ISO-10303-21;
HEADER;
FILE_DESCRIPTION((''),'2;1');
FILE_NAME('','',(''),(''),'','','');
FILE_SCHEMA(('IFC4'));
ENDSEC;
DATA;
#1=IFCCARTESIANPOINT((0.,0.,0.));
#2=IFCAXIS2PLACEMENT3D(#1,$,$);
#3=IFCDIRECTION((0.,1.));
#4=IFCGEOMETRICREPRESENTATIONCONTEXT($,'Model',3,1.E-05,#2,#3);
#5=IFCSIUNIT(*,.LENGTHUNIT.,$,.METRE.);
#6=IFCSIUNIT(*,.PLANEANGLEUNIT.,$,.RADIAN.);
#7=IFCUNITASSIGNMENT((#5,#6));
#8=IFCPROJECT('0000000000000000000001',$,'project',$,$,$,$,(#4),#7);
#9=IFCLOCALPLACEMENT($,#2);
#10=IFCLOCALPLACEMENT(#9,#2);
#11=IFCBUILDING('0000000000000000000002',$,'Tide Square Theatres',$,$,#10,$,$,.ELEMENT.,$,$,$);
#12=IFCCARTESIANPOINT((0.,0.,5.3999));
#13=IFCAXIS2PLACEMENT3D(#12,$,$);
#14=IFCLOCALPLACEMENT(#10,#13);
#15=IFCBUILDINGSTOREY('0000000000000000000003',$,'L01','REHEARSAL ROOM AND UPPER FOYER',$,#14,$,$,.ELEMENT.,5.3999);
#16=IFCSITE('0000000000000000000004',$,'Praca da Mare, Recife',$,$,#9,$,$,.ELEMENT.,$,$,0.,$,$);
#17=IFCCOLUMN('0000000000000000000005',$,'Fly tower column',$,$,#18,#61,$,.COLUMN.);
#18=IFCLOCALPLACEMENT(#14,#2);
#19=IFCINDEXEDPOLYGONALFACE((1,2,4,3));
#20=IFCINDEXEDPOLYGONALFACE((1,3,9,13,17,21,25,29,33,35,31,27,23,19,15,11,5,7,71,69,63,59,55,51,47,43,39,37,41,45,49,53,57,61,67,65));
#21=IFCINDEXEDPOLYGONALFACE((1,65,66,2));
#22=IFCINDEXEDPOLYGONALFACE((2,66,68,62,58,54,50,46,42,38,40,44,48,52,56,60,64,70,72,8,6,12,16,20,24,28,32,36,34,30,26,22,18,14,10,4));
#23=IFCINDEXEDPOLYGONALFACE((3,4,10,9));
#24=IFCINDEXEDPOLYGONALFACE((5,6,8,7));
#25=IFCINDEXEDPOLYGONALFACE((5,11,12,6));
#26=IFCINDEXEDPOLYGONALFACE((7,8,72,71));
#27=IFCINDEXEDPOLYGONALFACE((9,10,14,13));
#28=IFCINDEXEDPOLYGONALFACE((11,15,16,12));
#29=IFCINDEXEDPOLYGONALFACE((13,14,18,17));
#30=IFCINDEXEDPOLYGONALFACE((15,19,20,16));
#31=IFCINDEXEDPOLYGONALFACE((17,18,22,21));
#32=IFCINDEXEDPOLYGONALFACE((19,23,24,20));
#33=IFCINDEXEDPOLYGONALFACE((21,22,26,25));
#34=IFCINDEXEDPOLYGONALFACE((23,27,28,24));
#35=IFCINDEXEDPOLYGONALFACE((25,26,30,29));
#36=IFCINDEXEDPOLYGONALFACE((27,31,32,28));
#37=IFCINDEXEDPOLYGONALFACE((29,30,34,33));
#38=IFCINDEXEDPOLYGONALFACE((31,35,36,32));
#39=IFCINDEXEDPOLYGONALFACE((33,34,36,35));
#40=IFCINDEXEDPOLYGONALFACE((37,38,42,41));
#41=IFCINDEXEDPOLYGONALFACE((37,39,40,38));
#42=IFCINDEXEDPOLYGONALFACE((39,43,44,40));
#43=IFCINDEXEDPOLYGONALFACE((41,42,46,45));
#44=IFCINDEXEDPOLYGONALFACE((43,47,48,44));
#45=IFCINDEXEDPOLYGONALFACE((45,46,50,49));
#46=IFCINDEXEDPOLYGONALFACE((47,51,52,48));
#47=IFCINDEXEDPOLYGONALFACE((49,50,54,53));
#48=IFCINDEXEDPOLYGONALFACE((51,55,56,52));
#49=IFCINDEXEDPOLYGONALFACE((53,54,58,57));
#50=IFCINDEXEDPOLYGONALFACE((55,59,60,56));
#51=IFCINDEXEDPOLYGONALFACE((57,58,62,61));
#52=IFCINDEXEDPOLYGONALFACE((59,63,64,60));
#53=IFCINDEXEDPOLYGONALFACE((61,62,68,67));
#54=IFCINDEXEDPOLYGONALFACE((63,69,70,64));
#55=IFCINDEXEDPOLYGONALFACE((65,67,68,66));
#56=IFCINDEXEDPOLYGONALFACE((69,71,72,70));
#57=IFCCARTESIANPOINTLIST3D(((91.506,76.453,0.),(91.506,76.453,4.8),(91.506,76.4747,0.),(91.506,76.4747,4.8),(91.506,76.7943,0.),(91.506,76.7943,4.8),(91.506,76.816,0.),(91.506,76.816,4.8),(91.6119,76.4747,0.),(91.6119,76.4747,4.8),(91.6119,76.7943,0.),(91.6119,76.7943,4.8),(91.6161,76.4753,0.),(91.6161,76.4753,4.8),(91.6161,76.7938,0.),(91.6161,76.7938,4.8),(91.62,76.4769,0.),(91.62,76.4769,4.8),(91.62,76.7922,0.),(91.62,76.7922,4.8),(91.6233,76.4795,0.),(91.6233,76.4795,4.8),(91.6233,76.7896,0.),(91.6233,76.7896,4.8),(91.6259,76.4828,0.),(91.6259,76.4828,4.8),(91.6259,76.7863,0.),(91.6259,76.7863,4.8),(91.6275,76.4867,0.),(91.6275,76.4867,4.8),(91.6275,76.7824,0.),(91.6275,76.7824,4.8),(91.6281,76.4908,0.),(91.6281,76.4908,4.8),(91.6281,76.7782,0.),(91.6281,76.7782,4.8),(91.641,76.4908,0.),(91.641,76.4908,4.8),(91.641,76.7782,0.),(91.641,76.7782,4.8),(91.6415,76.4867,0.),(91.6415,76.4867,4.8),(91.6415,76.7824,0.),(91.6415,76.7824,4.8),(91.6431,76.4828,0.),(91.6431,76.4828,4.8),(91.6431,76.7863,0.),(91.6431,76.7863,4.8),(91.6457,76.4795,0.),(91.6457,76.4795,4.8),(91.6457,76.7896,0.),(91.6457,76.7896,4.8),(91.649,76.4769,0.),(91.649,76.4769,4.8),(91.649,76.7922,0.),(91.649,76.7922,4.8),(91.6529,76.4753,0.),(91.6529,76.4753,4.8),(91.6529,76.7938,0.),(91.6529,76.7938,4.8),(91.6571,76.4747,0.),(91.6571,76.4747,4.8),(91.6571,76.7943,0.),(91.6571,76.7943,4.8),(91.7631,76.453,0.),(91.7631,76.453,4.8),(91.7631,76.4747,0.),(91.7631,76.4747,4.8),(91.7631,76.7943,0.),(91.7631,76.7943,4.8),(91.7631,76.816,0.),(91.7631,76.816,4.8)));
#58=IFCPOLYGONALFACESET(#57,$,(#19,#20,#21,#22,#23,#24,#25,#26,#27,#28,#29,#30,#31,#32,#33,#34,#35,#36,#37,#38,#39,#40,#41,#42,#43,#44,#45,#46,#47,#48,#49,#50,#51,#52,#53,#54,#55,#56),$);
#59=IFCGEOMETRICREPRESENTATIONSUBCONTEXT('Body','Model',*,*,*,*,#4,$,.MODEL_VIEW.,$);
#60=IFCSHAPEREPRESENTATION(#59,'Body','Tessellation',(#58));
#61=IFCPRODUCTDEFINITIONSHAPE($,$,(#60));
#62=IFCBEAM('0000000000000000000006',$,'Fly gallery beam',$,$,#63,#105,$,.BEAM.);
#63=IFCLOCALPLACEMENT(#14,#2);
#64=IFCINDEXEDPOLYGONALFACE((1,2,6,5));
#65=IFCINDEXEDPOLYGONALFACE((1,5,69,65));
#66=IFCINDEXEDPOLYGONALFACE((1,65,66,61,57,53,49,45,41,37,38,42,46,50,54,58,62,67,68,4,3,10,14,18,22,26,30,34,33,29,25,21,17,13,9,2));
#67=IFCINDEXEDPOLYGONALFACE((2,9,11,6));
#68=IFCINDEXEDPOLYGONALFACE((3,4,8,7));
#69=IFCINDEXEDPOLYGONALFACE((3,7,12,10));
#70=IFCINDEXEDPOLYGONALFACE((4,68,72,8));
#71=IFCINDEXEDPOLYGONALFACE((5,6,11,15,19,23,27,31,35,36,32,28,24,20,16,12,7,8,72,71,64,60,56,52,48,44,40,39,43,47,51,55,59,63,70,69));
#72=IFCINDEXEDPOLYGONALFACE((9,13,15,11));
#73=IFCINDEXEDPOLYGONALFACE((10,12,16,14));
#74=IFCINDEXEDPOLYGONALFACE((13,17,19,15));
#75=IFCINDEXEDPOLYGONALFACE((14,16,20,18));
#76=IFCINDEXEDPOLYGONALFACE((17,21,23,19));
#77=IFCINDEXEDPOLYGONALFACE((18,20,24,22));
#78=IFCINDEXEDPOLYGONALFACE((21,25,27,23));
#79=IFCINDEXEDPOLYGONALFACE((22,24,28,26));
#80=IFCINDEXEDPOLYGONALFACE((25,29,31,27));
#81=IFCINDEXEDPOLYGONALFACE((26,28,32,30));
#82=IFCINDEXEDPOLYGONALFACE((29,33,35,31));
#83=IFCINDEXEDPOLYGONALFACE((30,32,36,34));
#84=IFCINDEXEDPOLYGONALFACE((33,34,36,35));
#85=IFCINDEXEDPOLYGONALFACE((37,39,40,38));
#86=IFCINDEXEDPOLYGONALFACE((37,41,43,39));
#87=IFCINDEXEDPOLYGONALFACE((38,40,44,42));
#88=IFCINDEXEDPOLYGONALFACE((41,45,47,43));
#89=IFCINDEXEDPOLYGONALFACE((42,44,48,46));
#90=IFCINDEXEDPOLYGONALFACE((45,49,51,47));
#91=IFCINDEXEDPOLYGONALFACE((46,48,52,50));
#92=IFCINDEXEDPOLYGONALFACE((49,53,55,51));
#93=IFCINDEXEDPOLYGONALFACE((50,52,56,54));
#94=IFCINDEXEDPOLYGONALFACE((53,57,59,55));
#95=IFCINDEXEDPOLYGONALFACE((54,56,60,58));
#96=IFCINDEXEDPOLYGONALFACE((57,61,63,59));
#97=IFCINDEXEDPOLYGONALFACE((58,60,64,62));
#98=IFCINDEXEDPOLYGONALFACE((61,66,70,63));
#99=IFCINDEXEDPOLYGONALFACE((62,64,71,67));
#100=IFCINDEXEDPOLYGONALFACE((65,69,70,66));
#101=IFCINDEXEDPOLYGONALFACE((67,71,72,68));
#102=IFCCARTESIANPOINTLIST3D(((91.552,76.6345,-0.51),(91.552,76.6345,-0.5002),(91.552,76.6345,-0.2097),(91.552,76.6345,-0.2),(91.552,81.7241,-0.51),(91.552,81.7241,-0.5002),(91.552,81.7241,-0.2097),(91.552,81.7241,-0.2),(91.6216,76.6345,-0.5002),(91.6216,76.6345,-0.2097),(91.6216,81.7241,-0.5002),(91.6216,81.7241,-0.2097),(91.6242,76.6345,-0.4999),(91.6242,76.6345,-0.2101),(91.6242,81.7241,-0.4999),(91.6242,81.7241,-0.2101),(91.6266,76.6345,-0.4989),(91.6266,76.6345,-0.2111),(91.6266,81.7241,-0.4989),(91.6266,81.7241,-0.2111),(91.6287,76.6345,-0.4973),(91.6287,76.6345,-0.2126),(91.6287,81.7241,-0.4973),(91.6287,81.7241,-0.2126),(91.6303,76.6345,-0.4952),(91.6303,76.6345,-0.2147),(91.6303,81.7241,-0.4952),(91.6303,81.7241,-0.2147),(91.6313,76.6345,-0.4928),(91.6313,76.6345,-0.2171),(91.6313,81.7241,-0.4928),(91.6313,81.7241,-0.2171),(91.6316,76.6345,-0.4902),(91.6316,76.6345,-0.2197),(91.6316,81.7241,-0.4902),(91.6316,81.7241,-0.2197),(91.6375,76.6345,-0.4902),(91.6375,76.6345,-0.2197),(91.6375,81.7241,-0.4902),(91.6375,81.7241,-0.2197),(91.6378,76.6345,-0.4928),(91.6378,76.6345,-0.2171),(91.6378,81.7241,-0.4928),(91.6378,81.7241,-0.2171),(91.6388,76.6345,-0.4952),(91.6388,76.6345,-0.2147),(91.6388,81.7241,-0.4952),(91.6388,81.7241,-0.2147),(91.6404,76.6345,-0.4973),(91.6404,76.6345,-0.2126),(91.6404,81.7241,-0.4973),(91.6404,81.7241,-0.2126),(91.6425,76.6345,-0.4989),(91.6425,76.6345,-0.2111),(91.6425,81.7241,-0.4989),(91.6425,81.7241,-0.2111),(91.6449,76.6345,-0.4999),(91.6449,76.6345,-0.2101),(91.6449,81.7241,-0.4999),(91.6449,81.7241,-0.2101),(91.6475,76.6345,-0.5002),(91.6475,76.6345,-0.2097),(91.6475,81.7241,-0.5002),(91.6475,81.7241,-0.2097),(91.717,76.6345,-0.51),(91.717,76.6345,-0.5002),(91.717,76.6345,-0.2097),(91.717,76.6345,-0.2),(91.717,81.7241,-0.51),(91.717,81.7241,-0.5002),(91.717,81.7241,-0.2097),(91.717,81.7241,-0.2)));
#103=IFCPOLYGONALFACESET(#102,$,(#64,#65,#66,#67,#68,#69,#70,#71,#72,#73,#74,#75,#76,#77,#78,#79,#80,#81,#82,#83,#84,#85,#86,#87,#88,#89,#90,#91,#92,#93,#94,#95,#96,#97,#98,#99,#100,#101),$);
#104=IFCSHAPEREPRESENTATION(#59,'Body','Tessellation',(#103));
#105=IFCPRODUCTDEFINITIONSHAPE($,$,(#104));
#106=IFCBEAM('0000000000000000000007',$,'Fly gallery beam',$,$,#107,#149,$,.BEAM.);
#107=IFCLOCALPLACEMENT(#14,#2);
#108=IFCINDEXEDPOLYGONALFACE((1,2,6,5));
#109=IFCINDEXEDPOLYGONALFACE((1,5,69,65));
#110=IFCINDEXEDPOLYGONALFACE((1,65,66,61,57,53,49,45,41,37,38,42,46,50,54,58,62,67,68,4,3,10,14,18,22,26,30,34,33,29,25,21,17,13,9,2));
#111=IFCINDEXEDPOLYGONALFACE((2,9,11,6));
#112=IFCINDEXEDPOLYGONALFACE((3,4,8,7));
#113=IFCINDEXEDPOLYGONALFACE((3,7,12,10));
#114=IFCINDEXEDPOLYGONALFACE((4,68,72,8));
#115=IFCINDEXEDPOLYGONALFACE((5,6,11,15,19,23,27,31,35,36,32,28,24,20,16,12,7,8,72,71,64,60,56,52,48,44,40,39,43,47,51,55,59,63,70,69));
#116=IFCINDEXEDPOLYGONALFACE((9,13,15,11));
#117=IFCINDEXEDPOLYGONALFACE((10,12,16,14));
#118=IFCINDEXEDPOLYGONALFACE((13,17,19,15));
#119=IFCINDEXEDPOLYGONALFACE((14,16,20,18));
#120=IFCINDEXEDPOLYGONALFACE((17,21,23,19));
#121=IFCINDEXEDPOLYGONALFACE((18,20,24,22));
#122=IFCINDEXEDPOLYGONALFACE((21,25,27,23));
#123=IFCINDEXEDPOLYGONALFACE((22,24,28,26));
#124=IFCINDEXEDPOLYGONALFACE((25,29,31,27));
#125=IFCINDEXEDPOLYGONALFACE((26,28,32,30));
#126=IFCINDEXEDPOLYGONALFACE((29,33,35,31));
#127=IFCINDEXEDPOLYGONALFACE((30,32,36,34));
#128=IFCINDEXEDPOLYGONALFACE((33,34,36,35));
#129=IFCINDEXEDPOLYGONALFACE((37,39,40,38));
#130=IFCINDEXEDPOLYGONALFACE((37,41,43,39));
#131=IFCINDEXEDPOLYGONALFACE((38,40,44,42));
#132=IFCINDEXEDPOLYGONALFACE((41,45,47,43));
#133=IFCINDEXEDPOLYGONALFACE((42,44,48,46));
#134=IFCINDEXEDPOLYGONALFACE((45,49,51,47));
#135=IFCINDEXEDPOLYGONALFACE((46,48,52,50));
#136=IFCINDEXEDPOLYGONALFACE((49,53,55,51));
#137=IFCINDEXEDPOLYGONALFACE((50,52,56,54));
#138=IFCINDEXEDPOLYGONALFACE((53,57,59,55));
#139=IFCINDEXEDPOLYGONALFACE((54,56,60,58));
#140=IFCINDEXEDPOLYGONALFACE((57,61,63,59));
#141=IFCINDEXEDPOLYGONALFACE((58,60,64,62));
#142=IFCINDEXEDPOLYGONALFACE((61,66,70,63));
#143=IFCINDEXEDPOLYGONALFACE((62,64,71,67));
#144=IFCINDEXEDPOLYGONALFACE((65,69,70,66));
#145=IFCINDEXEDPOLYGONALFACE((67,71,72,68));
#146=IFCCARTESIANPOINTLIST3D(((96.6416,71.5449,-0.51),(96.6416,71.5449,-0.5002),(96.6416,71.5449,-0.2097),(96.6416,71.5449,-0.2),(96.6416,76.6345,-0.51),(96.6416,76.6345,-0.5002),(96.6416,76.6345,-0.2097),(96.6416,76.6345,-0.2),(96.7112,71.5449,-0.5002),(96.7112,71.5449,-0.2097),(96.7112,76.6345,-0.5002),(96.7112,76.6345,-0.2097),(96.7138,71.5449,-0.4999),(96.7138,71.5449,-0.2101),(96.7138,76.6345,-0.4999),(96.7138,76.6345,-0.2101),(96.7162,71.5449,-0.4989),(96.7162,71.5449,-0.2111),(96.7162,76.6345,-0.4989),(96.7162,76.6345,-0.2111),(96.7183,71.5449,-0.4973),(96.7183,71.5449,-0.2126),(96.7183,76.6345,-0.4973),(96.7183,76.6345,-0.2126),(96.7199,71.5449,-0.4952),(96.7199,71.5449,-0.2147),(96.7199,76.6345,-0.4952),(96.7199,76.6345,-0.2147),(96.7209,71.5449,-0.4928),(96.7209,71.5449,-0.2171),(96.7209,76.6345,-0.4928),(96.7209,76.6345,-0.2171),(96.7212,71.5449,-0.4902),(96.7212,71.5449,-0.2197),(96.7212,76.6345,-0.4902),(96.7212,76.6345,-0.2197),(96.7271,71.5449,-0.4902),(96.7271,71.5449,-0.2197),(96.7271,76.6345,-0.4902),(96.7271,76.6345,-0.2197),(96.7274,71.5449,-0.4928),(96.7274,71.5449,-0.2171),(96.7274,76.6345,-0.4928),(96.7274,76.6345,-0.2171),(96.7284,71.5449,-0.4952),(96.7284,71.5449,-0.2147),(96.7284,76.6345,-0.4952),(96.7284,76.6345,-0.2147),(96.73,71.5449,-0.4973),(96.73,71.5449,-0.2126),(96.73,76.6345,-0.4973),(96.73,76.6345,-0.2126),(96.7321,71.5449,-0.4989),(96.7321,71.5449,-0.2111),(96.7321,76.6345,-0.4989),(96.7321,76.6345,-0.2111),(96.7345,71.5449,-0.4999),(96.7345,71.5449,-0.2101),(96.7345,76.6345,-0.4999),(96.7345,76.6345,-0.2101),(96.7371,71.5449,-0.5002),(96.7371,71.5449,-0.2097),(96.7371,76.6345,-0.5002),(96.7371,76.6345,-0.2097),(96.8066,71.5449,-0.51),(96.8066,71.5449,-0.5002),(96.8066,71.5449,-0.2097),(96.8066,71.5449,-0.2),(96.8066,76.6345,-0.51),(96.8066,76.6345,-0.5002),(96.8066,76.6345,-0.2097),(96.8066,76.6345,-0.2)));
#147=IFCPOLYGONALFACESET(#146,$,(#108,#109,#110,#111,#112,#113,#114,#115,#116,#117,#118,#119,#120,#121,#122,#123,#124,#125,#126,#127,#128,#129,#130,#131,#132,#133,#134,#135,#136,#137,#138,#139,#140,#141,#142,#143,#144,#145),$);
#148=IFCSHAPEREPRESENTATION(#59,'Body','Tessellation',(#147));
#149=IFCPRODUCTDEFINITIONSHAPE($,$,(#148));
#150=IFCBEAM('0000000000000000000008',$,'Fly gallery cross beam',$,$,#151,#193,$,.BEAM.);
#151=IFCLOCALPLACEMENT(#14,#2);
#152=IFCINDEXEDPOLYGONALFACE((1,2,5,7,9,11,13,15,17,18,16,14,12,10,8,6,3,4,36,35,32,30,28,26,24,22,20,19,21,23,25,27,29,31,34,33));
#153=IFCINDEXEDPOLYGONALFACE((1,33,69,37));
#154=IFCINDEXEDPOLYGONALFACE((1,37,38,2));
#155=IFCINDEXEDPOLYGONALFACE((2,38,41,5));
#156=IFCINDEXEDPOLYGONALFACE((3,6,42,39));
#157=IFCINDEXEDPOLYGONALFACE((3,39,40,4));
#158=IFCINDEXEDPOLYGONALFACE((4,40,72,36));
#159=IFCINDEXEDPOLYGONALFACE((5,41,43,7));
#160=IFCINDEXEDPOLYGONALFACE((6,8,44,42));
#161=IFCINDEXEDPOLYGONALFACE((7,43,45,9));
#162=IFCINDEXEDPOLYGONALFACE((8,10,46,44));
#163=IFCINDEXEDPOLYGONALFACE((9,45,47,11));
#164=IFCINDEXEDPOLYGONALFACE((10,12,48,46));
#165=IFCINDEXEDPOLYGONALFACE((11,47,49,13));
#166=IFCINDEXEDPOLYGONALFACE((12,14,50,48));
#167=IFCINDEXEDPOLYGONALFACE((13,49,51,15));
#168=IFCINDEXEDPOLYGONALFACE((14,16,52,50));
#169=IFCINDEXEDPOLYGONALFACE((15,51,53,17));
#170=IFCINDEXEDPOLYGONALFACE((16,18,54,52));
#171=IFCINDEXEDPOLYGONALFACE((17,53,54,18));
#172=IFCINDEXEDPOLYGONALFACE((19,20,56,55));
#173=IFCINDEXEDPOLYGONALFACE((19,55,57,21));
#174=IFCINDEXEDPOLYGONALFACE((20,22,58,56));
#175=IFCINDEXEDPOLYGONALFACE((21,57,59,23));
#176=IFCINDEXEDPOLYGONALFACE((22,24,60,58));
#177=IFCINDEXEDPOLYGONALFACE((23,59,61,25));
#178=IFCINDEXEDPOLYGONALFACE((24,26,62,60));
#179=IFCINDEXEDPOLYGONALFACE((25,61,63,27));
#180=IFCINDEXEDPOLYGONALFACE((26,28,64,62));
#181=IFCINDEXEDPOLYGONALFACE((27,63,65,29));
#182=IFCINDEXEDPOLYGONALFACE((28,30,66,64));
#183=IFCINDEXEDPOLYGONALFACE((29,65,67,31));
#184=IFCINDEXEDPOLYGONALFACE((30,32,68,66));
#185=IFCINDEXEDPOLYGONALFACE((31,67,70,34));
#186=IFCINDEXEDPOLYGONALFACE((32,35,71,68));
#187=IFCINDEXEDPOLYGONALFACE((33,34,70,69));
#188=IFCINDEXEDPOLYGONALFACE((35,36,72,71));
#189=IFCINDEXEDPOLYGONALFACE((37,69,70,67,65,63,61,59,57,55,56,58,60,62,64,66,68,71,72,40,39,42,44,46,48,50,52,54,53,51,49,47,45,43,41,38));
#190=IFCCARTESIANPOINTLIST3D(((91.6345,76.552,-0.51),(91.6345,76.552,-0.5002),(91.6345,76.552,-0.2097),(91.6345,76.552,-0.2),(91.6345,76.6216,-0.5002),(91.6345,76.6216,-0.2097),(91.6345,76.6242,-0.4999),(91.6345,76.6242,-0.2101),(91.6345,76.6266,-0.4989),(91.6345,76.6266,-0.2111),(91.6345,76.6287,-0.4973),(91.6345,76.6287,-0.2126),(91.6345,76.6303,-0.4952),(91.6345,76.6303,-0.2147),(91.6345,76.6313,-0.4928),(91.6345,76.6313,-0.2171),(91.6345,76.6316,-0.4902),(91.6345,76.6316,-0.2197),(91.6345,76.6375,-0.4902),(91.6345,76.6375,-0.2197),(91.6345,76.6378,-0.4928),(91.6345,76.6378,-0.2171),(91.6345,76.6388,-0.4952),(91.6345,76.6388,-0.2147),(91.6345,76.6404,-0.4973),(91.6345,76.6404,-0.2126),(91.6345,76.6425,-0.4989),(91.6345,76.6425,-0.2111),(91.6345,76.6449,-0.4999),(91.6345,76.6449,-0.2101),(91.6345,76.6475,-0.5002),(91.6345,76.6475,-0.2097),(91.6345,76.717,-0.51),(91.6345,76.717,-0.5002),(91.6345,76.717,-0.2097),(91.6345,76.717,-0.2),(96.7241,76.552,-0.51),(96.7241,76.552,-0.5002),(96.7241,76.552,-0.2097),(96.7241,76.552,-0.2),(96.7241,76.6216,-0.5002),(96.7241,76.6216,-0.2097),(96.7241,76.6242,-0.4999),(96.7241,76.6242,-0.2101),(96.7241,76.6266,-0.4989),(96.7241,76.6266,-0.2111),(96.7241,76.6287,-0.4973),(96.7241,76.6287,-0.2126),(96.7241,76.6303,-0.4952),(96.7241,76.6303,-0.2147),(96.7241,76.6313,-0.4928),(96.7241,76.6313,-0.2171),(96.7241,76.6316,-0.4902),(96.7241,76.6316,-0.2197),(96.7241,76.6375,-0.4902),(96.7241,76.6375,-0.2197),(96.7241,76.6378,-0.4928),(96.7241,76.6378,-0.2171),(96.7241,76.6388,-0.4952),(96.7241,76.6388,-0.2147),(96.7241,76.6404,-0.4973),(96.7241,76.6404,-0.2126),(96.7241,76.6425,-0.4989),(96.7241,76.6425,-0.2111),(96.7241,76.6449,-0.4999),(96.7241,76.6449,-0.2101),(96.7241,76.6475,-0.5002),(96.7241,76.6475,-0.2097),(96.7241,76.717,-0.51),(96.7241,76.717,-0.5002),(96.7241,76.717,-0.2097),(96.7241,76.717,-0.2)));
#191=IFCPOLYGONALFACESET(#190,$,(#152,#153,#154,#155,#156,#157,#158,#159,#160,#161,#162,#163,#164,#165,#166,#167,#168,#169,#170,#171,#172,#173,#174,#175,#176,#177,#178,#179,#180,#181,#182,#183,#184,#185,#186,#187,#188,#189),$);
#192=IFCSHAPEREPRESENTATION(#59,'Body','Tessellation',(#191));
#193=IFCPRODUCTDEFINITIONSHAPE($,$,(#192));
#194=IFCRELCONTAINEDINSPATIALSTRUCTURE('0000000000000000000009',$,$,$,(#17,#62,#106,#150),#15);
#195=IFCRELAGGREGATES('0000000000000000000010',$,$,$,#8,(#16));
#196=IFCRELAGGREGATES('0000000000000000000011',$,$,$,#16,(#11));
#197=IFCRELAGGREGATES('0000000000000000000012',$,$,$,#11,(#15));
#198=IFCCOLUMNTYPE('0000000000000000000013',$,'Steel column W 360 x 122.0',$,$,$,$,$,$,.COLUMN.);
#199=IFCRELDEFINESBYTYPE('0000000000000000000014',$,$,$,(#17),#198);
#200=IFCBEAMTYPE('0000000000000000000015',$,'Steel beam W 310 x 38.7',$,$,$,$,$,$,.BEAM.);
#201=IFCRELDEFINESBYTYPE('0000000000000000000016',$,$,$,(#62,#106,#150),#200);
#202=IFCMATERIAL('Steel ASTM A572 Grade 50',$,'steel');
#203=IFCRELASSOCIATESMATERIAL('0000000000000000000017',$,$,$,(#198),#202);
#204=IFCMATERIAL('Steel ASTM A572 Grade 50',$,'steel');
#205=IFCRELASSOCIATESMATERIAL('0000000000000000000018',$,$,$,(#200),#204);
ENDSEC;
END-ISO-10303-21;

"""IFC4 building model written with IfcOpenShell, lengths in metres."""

from ifc_helpers import new_model, si_unit, direction, frame, origin, origin_2d, place, context, subcontext, project, spatial, i_section, extrude, material, material_profile, profile_set, type_object, element, save


model = new_model("IFC4")

# Units and contexts
model_context = context("Model", 3, precision=1e-05, world=origin(), true_north=direction((0.0, 1.0)))
body_context = subcontext(model_context, "Body", "Model", "MODEL_VIEW")
ifc_project = project(units=[si_unit("LENGTHUNIT", "METRE"), si_unit("PLANEANGLEUNIT", "RADIAN")], contexts=[model_context])

# Site, building, storey
site_placement = place(None, origin())
site = spatial("IfcSite", under=ifc_project, at=site_placement, Name="Praca da Mare, Recife", CompositionType="ELEMENT", RefElevation=0.0)
building_placement = place(site_placement, origin())
building = spatial("IfcBuilding", under=site, at=building_placement, Name="Tide Square Theatres", CompositionType="ELEMENT")
storey_placement = place(building_placement, frame((0.0, 0.0, 5.3999)))
storey = spatial("IfcBuildingStorey", under=building, at=storey_placement, Name="L01", Description="REHEARSAL ROOM AND UPPER FOYER", CompositionType="ELEMENT", Elevation=5.3999)

# Column
ifc_material_1 = material(Name="Steel ASTM A572 Grade 50", Category="steel")
ifc_material_profile_1 = material_profile(ifc_material_1, i_section(OverallWidth=0.2571, OverallDepth=0.363, WebThickness=0.0129, FlangeThickness=0.0217, FilletRadius=0.0161, at=origin_2d()))
ifc_profile_set_1 = profile_set([ifc_material_profile_1], Name="Steel ASTM A572 Grade 50")
column_type_1 = type_object("IfcColumnType", Name="Steel column W 360 x 122.0", PredefinedType="COLUMN", material=ifc_profile_set_1)
for number, where, z_axis, x_axis, name in (
    (1, (91.6345, 76.6345, 0.0), (0.0, 0.0, 1.0), (1.0, 0.0, 0.0), "Fly tower column"),
):
    element("IfcColumn", number, at=place(storey_placement, frame(where, z_axis=z_axis, x_axis=x_axis)), inside=storey, type_object=column_type_1, Name=name, PredefinedType="COLUMN", context=body_context, shape_type="SweptSolid", body=[
        extrude(i_section(OverallWidth=0.2571, OverallDepth=0.363, WebThickness=0.0129, FlangeThickness=0.0217, FilletRadius=0.0161, at=origin_2d()), origin(), (0.0, 0.0, 1.0), 4.8),
    ])

# Beams
ifc_material_2 = material(Name="Steel ASTM A572 Grade 50", Category="steel")
ifc_material_profile_2 = material_profile(ifc_material_2, i_section(OverallWidth=0.165, OverallDepth=0.3101, WebThickness=0.0059, FlangeThickness=0.0098, FilletRadius=0.01, at=origin_2d()))
ifc_profile_set_2 = profile_set([ifc_material_profile_2], Name="Steel ASTM A572 Grade 50")
beam_type = type_object("IfcBeamType", Name="Steel beam W 310 x 38.7", PredefinedType="BEAM", material=ifc_profile_set_2)
for number, where, z_axis, x_axis, name in (
    (2, (91.6345, 76.6345, -0.355), (0.0, 1.0, 0.0), (-1.0, 0.0, 0.0), "Fly gallery beam"),
    (3, (96.7241, 71.5449, -0.355), (0.0, 1.0, 0.0), (-1.0, 0.0, 0.0), "Fly gallery beam"),
    (4, (91.6345, 76.6345, -0.355), (1.0, 0.0, 0.0), (0.0, 1.0, 0.0), "Fly gallery cross beam"),
):
    element("IfcBeam", number, at=place(storey_placement, frame(where, z_axis=z_axis, x_axis=x_axis)), inside=storey, type_object=beam_type, Name=name, PredefinedType="BEAM", context=body_context, shape_type="SweptSolid", body=[
        extrude(i_section(OverallWidth=0.165, OverallDepth=0.3101, WebThickness=0.0059, FlangeThickness=0.0098, FilletRadius=0.01, at=origin_2d()), origin(), (0.0, 0.0, 1.0), 5.0896),
    ])

save(model, "model.ifc")
